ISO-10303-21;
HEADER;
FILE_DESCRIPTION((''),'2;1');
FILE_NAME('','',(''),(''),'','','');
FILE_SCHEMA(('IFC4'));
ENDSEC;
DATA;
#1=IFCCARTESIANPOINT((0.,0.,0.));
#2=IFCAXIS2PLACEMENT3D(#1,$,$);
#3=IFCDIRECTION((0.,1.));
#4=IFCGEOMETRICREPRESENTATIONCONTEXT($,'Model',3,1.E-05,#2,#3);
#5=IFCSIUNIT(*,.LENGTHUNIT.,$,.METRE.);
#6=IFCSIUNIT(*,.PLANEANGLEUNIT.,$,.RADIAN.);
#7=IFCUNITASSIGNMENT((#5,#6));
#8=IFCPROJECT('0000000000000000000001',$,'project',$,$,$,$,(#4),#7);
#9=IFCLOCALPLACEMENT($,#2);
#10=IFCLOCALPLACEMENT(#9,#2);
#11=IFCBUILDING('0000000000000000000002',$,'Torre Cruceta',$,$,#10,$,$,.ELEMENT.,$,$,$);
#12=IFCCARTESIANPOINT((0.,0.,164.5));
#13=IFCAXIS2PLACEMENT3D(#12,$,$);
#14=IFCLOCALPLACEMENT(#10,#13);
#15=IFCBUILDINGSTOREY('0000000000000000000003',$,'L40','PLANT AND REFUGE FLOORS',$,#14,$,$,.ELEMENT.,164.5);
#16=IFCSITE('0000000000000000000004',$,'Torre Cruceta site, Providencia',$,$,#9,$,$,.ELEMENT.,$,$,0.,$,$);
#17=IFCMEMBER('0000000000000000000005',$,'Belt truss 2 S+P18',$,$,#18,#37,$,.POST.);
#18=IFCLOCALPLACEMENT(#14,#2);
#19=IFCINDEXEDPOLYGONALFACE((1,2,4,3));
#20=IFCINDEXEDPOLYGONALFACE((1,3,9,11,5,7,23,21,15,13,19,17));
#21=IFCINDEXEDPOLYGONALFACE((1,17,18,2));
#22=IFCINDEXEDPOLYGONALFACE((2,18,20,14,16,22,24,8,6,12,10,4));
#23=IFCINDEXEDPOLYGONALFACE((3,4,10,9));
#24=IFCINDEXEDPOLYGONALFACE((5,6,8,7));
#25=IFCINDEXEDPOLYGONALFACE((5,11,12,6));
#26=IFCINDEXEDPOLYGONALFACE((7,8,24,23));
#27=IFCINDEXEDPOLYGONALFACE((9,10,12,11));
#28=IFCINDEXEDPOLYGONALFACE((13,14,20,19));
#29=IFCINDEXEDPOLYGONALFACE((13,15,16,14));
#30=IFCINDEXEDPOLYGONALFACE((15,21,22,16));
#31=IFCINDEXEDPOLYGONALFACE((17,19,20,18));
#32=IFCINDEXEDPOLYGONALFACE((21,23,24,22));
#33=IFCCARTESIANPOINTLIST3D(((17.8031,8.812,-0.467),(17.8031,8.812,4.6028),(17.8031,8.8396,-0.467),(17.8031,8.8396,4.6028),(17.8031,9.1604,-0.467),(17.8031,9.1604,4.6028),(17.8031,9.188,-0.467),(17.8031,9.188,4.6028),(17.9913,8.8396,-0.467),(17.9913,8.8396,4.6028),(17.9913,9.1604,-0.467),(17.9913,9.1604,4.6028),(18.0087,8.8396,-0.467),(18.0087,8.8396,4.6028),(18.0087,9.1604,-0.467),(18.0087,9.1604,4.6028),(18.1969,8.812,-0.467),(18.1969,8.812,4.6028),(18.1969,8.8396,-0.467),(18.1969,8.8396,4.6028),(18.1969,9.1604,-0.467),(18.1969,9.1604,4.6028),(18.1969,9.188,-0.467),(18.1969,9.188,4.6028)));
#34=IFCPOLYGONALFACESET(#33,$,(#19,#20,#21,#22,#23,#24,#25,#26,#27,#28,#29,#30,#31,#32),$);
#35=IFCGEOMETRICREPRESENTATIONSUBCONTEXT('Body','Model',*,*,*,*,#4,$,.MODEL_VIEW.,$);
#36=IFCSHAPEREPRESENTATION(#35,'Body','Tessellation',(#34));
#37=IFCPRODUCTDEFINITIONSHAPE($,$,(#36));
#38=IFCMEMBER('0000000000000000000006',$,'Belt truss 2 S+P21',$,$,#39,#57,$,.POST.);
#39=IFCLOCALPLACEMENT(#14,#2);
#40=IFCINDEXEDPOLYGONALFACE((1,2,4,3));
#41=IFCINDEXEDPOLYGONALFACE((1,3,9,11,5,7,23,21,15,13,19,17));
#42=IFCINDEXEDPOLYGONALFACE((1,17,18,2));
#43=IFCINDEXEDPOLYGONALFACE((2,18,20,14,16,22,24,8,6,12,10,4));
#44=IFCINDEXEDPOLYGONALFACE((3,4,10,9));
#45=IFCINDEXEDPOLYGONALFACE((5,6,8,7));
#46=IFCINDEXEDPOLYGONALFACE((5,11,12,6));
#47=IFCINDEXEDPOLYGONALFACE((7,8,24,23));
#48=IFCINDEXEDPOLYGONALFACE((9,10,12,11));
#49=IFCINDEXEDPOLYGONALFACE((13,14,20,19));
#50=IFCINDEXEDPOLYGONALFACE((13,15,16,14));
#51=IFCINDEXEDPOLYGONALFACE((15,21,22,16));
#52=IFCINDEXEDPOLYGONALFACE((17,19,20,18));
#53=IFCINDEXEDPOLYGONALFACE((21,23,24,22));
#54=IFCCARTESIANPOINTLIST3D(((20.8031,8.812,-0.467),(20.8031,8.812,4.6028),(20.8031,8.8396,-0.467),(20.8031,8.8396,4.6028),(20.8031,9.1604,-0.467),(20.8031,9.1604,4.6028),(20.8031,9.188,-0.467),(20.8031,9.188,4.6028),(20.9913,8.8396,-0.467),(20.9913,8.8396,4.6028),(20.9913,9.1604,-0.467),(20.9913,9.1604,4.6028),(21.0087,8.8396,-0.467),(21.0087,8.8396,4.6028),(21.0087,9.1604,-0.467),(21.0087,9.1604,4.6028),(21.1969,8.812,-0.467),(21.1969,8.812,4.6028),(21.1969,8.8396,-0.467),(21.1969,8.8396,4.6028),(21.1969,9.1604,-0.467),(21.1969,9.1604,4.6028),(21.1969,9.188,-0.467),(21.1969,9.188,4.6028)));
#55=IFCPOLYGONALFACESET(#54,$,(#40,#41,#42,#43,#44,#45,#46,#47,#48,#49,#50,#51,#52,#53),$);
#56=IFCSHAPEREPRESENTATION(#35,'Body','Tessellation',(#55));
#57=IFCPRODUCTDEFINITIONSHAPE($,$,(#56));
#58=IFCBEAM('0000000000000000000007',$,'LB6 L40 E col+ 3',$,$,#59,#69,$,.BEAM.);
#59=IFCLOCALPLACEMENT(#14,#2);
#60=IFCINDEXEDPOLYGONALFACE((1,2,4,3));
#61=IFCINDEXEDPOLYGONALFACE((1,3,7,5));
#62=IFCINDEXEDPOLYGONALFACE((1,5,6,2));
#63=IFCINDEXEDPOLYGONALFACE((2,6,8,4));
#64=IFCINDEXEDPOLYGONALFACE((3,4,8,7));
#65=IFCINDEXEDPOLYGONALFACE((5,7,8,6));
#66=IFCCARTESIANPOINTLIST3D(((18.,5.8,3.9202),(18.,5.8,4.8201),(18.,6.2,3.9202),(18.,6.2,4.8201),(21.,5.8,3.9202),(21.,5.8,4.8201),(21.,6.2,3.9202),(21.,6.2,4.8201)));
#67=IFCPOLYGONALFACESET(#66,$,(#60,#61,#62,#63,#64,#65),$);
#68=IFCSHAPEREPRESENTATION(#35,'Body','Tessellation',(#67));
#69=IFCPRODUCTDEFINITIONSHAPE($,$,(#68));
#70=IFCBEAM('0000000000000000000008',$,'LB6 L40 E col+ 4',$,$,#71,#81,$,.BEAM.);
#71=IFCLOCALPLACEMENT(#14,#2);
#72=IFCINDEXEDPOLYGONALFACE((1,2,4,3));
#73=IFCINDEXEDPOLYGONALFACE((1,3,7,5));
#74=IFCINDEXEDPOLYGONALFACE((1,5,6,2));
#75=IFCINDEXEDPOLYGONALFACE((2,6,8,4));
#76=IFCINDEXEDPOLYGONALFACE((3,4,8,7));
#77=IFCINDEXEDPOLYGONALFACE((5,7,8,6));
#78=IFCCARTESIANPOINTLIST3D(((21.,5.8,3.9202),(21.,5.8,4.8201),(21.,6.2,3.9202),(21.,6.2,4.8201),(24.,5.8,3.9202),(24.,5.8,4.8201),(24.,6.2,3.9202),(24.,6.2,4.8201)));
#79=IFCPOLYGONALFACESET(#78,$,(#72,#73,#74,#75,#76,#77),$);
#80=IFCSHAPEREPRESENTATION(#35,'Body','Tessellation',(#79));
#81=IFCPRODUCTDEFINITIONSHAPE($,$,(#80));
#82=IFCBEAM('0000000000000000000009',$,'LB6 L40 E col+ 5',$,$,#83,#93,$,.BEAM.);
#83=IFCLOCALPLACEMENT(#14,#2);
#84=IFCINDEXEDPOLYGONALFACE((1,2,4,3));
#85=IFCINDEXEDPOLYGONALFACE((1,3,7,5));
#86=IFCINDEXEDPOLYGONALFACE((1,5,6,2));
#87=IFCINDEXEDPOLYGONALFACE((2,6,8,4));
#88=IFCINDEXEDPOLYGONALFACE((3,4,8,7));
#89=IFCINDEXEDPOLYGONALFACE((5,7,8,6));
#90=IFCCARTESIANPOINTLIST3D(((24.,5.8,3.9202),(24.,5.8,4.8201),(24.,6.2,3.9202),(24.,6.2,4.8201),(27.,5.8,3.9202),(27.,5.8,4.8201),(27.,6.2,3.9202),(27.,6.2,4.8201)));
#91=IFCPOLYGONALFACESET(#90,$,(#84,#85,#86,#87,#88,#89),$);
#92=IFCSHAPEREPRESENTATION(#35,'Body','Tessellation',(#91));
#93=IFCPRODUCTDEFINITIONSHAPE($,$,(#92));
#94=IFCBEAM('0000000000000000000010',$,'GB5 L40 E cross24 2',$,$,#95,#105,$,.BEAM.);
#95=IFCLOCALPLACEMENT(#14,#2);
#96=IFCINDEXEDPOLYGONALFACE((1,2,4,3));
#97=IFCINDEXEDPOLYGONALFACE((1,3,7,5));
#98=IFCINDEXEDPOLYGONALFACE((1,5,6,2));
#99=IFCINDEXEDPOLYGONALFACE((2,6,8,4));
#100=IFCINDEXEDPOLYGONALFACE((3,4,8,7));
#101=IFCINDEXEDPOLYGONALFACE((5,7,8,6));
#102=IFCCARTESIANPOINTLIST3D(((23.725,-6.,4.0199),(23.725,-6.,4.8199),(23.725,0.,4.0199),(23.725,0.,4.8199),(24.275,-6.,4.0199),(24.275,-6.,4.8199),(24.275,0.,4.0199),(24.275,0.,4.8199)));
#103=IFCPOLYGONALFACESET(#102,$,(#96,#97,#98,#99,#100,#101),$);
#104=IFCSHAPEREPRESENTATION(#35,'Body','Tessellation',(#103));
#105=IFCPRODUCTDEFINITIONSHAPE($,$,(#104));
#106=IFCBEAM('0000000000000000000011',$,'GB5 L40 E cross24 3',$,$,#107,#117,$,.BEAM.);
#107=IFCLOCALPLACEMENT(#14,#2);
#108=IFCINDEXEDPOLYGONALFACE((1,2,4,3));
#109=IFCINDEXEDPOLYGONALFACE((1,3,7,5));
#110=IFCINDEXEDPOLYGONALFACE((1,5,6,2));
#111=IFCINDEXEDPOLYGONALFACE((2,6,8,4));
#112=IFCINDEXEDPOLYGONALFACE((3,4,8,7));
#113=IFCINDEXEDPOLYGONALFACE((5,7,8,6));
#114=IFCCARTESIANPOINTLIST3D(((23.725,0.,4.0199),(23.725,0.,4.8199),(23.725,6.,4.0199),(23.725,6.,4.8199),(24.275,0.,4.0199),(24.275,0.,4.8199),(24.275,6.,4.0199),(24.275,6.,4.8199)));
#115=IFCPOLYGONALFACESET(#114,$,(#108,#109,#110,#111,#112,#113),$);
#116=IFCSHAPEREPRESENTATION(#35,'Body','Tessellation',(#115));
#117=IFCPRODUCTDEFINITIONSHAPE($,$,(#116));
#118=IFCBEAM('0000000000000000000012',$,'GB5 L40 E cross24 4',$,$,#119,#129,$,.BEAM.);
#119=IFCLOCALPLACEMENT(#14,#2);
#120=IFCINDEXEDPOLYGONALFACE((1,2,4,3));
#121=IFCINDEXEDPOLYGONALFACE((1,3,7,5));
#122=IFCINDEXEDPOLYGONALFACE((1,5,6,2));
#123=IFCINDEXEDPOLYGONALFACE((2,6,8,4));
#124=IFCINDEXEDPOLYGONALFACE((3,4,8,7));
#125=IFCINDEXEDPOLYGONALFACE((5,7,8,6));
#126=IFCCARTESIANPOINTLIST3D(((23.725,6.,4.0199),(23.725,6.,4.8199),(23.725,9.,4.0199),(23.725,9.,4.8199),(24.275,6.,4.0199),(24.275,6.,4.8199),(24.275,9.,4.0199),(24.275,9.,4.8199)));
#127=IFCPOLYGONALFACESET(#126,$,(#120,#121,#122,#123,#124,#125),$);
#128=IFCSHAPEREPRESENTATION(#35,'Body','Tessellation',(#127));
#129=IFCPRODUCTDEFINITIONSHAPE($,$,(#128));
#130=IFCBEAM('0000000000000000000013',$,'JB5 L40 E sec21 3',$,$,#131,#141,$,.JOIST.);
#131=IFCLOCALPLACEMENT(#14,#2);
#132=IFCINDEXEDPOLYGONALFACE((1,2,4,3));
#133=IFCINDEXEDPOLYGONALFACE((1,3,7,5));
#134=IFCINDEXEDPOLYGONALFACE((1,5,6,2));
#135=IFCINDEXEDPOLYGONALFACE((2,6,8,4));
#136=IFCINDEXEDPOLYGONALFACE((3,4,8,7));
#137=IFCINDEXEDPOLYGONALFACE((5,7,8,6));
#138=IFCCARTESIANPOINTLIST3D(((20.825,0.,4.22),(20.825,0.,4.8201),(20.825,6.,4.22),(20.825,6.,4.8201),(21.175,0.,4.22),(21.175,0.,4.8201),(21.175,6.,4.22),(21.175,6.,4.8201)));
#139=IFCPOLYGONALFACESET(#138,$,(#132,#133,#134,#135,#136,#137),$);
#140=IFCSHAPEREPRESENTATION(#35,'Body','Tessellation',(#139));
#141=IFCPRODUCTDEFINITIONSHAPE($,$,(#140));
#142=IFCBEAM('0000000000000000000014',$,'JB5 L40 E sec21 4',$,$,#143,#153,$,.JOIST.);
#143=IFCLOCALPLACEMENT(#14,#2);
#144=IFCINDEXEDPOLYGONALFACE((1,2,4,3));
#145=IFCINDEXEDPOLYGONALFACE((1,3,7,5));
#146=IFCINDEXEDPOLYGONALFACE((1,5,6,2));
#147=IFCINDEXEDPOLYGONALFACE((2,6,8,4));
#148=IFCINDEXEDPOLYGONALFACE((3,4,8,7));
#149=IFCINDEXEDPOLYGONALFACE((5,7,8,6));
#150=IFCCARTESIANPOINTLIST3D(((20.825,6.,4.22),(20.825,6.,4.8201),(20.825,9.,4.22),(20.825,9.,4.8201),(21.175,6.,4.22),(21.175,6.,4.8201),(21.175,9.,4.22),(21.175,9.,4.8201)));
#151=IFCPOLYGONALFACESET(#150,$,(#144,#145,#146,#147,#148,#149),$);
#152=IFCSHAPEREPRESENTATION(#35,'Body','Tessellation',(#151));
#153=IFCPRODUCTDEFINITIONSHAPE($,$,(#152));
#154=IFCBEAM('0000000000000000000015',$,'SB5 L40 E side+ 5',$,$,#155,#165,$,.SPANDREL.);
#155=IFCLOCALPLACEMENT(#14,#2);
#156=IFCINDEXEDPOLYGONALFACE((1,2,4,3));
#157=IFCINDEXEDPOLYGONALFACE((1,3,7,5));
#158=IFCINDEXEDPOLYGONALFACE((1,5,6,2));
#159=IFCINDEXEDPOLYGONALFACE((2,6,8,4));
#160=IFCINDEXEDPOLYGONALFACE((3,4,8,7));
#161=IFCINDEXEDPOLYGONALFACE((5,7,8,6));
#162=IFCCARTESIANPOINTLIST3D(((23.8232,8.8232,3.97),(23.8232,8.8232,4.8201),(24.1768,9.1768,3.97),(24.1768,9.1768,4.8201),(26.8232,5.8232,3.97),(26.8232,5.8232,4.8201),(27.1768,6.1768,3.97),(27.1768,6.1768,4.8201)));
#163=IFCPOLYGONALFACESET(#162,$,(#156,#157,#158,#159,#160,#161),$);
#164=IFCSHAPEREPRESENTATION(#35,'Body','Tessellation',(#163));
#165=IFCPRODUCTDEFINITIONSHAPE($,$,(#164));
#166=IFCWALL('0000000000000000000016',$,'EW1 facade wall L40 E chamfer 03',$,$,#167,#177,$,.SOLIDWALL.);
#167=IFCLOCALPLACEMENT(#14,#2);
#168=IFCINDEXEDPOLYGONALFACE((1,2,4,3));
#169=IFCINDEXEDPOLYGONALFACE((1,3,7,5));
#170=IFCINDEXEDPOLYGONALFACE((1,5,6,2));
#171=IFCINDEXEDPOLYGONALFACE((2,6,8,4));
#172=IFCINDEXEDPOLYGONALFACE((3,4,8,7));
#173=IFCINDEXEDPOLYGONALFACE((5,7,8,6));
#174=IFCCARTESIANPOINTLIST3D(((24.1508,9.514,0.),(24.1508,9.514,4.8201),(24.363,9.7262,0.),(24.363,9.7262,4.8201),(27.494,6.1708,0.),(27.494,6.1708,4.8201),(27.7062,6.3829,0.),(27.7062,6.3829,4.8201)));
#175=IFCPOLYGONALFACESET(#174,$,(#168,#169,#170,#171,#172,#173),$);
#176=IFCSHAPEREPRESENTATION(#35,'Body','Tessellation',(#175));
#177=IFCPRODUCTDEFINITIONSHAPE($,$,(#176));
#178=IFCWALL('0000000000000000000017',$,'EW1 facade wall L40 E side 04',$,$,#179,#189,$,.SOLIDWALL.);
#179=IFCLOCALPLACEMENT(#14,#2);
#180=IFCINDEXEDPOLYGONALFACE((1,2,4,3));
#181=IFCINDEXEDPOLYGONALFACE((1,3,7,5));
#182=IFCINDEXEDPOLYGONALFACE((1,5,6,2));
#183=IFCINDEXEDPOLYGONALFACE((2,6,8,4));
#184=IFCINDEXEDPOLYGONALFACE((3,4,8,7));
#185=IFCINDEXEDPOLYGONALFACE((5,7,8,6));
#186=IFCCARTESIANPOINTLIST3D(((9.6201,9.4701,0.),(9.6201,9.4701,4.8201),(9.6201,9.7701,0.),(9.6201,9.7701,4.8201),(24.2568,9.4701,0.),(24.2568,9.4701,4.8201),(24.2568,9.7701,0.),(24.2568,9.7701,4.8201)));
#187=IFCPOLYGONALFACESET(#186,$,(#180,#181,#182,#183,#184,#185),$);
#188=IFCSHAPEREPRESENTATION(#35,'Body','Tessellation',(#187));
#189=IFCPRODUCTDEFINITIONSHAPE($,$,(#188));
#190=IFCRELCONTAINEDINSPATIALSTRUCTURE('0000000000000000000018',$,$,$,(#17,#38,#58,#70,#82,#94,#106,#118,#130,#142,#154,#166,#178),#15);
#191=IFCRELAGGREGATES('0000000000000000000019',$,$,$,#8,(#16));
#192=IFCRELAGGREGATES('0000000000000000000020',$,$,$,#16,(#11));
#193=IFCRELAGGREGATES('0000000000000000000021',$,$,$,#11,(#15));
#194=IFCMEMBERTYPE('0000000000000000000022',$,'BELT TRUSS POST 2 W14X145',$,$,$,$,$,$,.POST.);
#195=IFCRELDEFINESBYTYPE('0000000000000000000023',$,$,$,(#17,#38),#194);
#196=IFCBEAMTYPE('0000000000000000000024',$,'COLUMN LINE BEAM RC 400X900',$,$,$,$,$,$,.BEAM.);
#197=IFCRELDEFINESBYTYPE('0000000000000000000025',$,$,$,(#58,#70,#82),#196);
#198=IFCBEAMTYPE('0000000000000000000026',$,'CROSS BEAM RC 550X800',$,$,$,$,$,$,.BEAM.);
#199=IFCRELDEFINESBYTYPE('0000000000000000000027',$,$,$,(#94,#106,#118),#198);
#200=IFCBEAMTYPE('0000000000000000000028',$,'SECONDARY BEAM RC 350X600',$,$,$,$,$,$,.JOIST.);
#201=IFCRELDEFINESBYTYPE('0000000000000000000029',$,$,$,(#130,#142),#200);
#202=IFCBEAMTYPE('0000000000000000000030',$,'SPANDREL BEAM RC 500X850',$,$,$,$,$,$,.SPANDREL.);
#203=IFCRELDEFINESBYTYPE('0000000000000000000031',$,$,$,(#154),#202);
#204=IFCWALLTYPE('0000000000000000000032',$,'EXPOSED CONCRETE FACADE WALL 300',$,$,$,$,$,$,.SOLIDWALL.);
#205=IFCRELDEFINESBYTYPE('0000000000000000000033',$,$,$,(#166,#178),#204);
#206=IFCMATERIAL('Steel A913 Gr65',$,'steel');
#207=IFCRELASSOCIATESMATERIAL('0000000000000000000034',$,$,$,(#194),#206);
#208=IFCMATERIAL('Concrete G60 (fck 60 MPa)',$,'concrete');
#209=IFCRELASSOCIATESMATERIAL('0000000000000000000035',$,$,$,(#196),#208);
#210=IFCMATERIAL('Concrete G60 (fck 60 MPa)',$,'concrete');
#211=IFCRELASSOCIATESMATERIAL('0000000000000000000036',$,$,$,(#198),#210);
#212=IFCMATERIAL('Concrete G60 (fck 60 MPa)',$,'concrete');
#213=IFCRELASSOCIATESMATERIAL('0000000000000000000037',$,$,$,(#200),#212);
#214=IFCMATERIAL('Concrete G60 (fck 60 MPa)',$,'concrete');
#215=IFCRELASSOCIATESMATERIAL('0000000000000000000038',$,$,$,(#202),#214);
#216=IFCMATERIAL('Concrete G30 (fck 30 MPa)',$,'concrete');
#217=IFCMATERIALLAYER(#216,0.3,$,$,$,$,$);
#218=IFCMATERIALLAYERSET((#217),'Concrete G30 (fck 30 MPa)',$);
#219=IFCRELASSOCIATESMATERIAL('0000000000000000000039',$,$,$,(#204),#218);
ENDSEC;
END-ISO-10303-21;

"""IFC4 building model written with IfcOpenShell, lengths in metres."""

from ifc_helpers import new_model, si_unit, direction, frame, frame_2d, origin, origin_2d, place, context, subcontext, project, spatial, rectangle, i_section, extrude, material, layer, layer_set, material_profile, profile_set, type_object, element, save


model = new_model("IFC4")

# Units and contexts
model_context = context("Model", 3, precision=1e-05, world=origin(), true_north=direction((0.0, 1.0)))
body_context = subcontext(model_context, "Body", "Model", "MODEL_VIEW")
ifc_project = project(units=[si_unit("LENGTHUNIT", "METRE"), si_unit("PLANEANGLEUNIT", "RADIAN")], contexts=[model_context])

# Site, building, storey
site_placement = place(None, origin())
site = spatial("IfcSite", under=ifc_project, at=site_placement, Name="Torre Cruceta site, Providencia", CompositionType="ELEMENT", RefElevation=0.0)
building_placement = place(site_placement, origin())
building = spatial("IfcBuilding", under=site, at=building_placement, Name="Torre Cruceta", CompositionType="ELEMENT")
storey_placement = place(building_placement, frame((0.0, 0.0, 164.5)))
storey = spatial("IfcBuildingStorey", under=building, at=storey_placement, Name="L40", Description="PLANT AND REFUGE FLOORS", CompositionType="ELEMENT", Elevation=164.5)

# Members
ifc_material_1 = material(Name="Steel A913 Gr65", Category="steel")
ifc_material_profile_1 = material_profile(ifc_material_1, i_section(OverallWidth=0.3938, OverallDepth=0.376, WebThickness=0.0173, FlangeThickness=0.0276, at=origin_2d()), Name="W14X145")
ifc_profile_set_1 = profile_set([ifc_material_profile_1], Name="Steel A913 Gr65")
member_type_1 = type_object("IfcMemberType", Name="BELT TRUSS POST 2 W14X145", PredefinedType="POST", material=ifc_profile_set_1)
for number, where, z_axis, x_axis, name in (
    (1, (18.0, 9.0, -0.467), (0.0, 0.0, 1.0), (1.0, 0.0, 0.0), "Belt truss 2 S+P18"),
    (2, (21.0, 9.0, -0.467), (0.0, 0.0, 1.0), (1.0, 0.0, 0.0), "Belt truss 2 S+P21"),
):
    element("IfcMember", number, at=place(storey_placement, frame(where, z_axis=z_axis, x_axis=x_axis)), inside=storey, type_object=member_type_1, Name=name, PredefinedType="POST", context=body_context, shape_type="SweptSolid", body=[
        extrude(i_section(OverallWidth=0.3938, OverallDepth=0.376, WebThickness=0.0173, FlangeThickness=0.0276, at=origin_2d()), origin(), (0.0, 0.0, 1.0), 5.0698),
    ])

# Beams
ifc_material_2 = material(Name="Concrete G60 (fck 60 MPa)", Category="concrete")
ifc_material_profile_2 = material_profile(ifc_material_2, rectangle(XDim=0.3999, YDim=0.8999, at=origin_2d()), Name="RC 400X900")
ifc_profile_set_2 = profile_set([ifc_material_profile_2], Name="Concrete G60 (fck 60 MPa)")
beam_type_1 = type_object("IfcBeamType", Name="COLUMN LINE BEAM RC 400X900", PredefinedType="BEAM", material=ifc_profile_set_2)
for number, where, z_axis, x_axis, name in (
    (3, (18.0, 6.0, 4.3701), (1.0, 0.0, 0.0), (0.0, 1.0, 0.0), "LB6 L40 E col+ 3"),
    (4, (21.0, 6.0, 4.3701), (1.0, 0.0, 0.0), (0.0, 1.0, 0.0), "LB6 L40 E col+ 4"),
    (5, (24.0, 6.0, 4.3701), (1.0, 0.0, 0.0), (0.0, 1.0, 0.0), "LB6 L40 E col+ 5"),
):
    element("IfcBeam", number, at=place(storey_placement, frame(where, z_axis=z_axis, x_axis=x_axis)), inside=storey, type_object=beam_type_1, Name=name, PredefinedType="BEAM", context=body_context, shape_type="SweptSolid", body=[
        extrude(rectangle(XDim=0.3999, YDim=0.8999, at=origin_2d()), origin(), (0.0, 0.0, 1.0), 3.0),
    ])
ifc_material_3 = material(Name="Concrete G60 (fck 60 MPa)", Category="concrete")
ifc_material_profile_3 = material_profile(ifc_material_3, rectangle(XDim=0.55, YDim=0.8, at=origin_2d()), Name="RC 550X800")
ifc_profile_set_3 = profile_set([ifc_material_profile_3], Name="Concrete G60 (fck 60 MPa)")
beam_type_2 = type_object("IfcBeamType", Name="CROSS BEAM RC 550X800", PredefinedType="BEAM", material=ifc_profile_set_3)
for number, where, z_axis, x_axis, name in (
    (6, (24.0, -6.0, 4.4199), (0.0, 1.0, 0.0), (-1.0, 0.0, 0.0), "GB5 L40 E cross24 2"),
    (7, (24.0, 0.0, 4.4199), (0.0, 1.0, 0.0), (-1.0, 0.0, 0.0), "GB5 L40 E cross24 3"),
):
    element("IfcBeam", number, at=place(storey_placement, frame(where, z_axis=z_axis, x_axis=x_axis)), inside=storey, type_object=beam_type_2, Name=name, PredefinedType="BEAM", context=body_context, shape_type="SweptSolid", body=[
        extrude(rectangle(XDim=0.55, YDim=0.8, at=origin_2d()), origin(), (0.0, 0.0, 1.0), 6.0),
    ])
beam_1_placement = place(storey_placement, frame((24.0, 6.0, 4.4199), z_axis=(0.0, 1.0, 0.0), x_axis=(-1.0, 0.0, 0.0)))
element("IfcBeam", 8, at=beam_1_placement, inside=storey, type_object=beam_type_2, Name="GB5 L40 E cross24 4", PredefinedType="BEAM", context=body_context, shape_type="SweptSolid", body=[
    extrude(rectangle(XDim=0.55, YDim=0.8, at=origin_2d()), origin(), (0.0, 0.0, 1.0), 3.0),
])
ifc_material_4 = material(Name="Concrete G60 (fck 60 MPa)", Category="concrete")
ifc_material_profile_4 = material_profile(ifc_material_4, rectangle(XDim=0.3501, YDim=0.6001, at=origin_2d()), Name="RC 350X600")
ifc_profile_set_4 = profile_set([ifc_material_profile_4], Name="Concrete G60 (fck 60 MPa)")
beam_type_3 = type_object("IfcBeamType", Name="SECONDARY BEAM RC 350X600", PredefinedType="JOIST", material=ifc_profile_set_4)
beam_2_placement = place(storey_placement, frame((21.0, 0.0, 4.52), z_axis=(0.0, 1.0, 0.0), x_axis=(-1.0, 0.0, 0.0)))
element("IfcBeam", 9, at=beam_2_placement, inside=storey, type_object=beam_type_3, Name="JB5 L40 E sec21 3", PredefinedType="JOIST", context=body_context, shape_type="SweptSolid", body=[
    extrude(rectangle(XDim=0.3501, YDim=0.6001, at=origin_2d()), origin(), (0.0, 0.0, 1.0), 6.0),
])
beam_3_placement = place(storey_placement, frame((21.0, 6.0, 4.52), z_axis=(0.0, 1.0, 0.0), x_axis=(-1.0, 0.0, 0.0)))
element("IfcBeam", 10, at=beam_3_placement, inside=storey, type_object=beam_type_3, Name="JB5 L40 E sec21 4", PredefinedType="JOIST", context=body_context, shape_type="SweptSolid", body=[
    extrude(rectangle(XDim=0.3501, YDim=0.6001, at=origin_2d()), origin(), (0.0, 0.0, 1.0), 3.0),
])
ifc_material_5 = material(Name="Concrete G60 (fck 60 MPa)", Category="concrete")
ifc_material_profile_5 = material_profile(ifc_material_5, rectangle(XDim=0.5, YDim=0.8501, at=origin_2d()), Name="RC 500X850")
ifc_profile_set_5 = profile_set([ifc_material_profile_5], Name="Concrete G60 (fck 60 MPa)")
beam_type_4 = type_object("IfcBeamType", Name="SPANDREL BEAM RC 500X850", PredefinedType="SPANDREL", material=ifc_profile_set_5)
beam_4_placement = place(storey_placement, frame((24.0, 9.0, 4.395), z_axis=(0.707107, -0.707107, 0.0), x_axis=(0.707107, 0.707107, 0.0)))
element("IfcBeam", 11, at=beam_4_placement, inside=storey, type_object=beam_type_4, Name="SB5 L40 E side+ 5", PredefinedType="SPANDREL", context=body_context, shape_type="SweptSolid", body=[
    extrude(rectangle(XDim=0.5, YDim=0.8501, at=origin_2d()), origin(), (0.0, 0.0, 1.0), 4.2427),
])

# Walls
ifc_material_6 = material(Name="Concrete G30 (fck 30 MPa)", Category="concrete")
ifc_layer_1 = layer(ifc_material_6, 0.3)
ifc_layer_set_1 = layer_set([ifc_layer_1], Name="Concrete G30 (fck 30 MPa)")
wall_type_1 = type_object("IfcWallType", Name="EXPOSED CONCRETE FACADE WALL 300", PredefinedType="SOLIDWALL", material=ifc_layer_set_1)
wall_1_placement = place(storey_placement, frame((27.6001, 6.2769, 0.0), z_axis=(0.0, 0.0, 1.0), x_axis=(-0.707107, 0.707107, 0.0)))
element("IfcWall", 12, at=wall_1_placement, inside=storey, type_object=wall_type_1, Name="EW1 facade wall L40 E chamfer 03", PredefinedType="SOLIDWALL", context=body_context, shape_type="SweptSolid", body=[
    extrude(rectangle(XDim=4.728, YDim=0.3, at=frame_2d((2.364, 0.0))), origin(), (0.0, 0.0, 1.0), 4.8201),
])
wall_2_placement = place(storey_placement, frame((24.2568, 9.6201, 0.0), z_axis=(0.0, 0.0, 1.0), x_axis=(-1.0, 0.0, 0.0)))
element("IfcWall", 13, at=wall_2_placement, inside=storey, type_object=wall_type_1, Name="EW1 facade wall L40 E side 04", PredefinedType="SOLIDWALL", context=body_context, shape_type="SweptSolid", body=[
    extrude(rectangle(XDim=14.6367, YDim=0.3, at=frame_2d((7.3184, 0.0))), origin(), (0.0, 0.0, 1.0), 4.8201),
])

save(model, "model.ifc")
